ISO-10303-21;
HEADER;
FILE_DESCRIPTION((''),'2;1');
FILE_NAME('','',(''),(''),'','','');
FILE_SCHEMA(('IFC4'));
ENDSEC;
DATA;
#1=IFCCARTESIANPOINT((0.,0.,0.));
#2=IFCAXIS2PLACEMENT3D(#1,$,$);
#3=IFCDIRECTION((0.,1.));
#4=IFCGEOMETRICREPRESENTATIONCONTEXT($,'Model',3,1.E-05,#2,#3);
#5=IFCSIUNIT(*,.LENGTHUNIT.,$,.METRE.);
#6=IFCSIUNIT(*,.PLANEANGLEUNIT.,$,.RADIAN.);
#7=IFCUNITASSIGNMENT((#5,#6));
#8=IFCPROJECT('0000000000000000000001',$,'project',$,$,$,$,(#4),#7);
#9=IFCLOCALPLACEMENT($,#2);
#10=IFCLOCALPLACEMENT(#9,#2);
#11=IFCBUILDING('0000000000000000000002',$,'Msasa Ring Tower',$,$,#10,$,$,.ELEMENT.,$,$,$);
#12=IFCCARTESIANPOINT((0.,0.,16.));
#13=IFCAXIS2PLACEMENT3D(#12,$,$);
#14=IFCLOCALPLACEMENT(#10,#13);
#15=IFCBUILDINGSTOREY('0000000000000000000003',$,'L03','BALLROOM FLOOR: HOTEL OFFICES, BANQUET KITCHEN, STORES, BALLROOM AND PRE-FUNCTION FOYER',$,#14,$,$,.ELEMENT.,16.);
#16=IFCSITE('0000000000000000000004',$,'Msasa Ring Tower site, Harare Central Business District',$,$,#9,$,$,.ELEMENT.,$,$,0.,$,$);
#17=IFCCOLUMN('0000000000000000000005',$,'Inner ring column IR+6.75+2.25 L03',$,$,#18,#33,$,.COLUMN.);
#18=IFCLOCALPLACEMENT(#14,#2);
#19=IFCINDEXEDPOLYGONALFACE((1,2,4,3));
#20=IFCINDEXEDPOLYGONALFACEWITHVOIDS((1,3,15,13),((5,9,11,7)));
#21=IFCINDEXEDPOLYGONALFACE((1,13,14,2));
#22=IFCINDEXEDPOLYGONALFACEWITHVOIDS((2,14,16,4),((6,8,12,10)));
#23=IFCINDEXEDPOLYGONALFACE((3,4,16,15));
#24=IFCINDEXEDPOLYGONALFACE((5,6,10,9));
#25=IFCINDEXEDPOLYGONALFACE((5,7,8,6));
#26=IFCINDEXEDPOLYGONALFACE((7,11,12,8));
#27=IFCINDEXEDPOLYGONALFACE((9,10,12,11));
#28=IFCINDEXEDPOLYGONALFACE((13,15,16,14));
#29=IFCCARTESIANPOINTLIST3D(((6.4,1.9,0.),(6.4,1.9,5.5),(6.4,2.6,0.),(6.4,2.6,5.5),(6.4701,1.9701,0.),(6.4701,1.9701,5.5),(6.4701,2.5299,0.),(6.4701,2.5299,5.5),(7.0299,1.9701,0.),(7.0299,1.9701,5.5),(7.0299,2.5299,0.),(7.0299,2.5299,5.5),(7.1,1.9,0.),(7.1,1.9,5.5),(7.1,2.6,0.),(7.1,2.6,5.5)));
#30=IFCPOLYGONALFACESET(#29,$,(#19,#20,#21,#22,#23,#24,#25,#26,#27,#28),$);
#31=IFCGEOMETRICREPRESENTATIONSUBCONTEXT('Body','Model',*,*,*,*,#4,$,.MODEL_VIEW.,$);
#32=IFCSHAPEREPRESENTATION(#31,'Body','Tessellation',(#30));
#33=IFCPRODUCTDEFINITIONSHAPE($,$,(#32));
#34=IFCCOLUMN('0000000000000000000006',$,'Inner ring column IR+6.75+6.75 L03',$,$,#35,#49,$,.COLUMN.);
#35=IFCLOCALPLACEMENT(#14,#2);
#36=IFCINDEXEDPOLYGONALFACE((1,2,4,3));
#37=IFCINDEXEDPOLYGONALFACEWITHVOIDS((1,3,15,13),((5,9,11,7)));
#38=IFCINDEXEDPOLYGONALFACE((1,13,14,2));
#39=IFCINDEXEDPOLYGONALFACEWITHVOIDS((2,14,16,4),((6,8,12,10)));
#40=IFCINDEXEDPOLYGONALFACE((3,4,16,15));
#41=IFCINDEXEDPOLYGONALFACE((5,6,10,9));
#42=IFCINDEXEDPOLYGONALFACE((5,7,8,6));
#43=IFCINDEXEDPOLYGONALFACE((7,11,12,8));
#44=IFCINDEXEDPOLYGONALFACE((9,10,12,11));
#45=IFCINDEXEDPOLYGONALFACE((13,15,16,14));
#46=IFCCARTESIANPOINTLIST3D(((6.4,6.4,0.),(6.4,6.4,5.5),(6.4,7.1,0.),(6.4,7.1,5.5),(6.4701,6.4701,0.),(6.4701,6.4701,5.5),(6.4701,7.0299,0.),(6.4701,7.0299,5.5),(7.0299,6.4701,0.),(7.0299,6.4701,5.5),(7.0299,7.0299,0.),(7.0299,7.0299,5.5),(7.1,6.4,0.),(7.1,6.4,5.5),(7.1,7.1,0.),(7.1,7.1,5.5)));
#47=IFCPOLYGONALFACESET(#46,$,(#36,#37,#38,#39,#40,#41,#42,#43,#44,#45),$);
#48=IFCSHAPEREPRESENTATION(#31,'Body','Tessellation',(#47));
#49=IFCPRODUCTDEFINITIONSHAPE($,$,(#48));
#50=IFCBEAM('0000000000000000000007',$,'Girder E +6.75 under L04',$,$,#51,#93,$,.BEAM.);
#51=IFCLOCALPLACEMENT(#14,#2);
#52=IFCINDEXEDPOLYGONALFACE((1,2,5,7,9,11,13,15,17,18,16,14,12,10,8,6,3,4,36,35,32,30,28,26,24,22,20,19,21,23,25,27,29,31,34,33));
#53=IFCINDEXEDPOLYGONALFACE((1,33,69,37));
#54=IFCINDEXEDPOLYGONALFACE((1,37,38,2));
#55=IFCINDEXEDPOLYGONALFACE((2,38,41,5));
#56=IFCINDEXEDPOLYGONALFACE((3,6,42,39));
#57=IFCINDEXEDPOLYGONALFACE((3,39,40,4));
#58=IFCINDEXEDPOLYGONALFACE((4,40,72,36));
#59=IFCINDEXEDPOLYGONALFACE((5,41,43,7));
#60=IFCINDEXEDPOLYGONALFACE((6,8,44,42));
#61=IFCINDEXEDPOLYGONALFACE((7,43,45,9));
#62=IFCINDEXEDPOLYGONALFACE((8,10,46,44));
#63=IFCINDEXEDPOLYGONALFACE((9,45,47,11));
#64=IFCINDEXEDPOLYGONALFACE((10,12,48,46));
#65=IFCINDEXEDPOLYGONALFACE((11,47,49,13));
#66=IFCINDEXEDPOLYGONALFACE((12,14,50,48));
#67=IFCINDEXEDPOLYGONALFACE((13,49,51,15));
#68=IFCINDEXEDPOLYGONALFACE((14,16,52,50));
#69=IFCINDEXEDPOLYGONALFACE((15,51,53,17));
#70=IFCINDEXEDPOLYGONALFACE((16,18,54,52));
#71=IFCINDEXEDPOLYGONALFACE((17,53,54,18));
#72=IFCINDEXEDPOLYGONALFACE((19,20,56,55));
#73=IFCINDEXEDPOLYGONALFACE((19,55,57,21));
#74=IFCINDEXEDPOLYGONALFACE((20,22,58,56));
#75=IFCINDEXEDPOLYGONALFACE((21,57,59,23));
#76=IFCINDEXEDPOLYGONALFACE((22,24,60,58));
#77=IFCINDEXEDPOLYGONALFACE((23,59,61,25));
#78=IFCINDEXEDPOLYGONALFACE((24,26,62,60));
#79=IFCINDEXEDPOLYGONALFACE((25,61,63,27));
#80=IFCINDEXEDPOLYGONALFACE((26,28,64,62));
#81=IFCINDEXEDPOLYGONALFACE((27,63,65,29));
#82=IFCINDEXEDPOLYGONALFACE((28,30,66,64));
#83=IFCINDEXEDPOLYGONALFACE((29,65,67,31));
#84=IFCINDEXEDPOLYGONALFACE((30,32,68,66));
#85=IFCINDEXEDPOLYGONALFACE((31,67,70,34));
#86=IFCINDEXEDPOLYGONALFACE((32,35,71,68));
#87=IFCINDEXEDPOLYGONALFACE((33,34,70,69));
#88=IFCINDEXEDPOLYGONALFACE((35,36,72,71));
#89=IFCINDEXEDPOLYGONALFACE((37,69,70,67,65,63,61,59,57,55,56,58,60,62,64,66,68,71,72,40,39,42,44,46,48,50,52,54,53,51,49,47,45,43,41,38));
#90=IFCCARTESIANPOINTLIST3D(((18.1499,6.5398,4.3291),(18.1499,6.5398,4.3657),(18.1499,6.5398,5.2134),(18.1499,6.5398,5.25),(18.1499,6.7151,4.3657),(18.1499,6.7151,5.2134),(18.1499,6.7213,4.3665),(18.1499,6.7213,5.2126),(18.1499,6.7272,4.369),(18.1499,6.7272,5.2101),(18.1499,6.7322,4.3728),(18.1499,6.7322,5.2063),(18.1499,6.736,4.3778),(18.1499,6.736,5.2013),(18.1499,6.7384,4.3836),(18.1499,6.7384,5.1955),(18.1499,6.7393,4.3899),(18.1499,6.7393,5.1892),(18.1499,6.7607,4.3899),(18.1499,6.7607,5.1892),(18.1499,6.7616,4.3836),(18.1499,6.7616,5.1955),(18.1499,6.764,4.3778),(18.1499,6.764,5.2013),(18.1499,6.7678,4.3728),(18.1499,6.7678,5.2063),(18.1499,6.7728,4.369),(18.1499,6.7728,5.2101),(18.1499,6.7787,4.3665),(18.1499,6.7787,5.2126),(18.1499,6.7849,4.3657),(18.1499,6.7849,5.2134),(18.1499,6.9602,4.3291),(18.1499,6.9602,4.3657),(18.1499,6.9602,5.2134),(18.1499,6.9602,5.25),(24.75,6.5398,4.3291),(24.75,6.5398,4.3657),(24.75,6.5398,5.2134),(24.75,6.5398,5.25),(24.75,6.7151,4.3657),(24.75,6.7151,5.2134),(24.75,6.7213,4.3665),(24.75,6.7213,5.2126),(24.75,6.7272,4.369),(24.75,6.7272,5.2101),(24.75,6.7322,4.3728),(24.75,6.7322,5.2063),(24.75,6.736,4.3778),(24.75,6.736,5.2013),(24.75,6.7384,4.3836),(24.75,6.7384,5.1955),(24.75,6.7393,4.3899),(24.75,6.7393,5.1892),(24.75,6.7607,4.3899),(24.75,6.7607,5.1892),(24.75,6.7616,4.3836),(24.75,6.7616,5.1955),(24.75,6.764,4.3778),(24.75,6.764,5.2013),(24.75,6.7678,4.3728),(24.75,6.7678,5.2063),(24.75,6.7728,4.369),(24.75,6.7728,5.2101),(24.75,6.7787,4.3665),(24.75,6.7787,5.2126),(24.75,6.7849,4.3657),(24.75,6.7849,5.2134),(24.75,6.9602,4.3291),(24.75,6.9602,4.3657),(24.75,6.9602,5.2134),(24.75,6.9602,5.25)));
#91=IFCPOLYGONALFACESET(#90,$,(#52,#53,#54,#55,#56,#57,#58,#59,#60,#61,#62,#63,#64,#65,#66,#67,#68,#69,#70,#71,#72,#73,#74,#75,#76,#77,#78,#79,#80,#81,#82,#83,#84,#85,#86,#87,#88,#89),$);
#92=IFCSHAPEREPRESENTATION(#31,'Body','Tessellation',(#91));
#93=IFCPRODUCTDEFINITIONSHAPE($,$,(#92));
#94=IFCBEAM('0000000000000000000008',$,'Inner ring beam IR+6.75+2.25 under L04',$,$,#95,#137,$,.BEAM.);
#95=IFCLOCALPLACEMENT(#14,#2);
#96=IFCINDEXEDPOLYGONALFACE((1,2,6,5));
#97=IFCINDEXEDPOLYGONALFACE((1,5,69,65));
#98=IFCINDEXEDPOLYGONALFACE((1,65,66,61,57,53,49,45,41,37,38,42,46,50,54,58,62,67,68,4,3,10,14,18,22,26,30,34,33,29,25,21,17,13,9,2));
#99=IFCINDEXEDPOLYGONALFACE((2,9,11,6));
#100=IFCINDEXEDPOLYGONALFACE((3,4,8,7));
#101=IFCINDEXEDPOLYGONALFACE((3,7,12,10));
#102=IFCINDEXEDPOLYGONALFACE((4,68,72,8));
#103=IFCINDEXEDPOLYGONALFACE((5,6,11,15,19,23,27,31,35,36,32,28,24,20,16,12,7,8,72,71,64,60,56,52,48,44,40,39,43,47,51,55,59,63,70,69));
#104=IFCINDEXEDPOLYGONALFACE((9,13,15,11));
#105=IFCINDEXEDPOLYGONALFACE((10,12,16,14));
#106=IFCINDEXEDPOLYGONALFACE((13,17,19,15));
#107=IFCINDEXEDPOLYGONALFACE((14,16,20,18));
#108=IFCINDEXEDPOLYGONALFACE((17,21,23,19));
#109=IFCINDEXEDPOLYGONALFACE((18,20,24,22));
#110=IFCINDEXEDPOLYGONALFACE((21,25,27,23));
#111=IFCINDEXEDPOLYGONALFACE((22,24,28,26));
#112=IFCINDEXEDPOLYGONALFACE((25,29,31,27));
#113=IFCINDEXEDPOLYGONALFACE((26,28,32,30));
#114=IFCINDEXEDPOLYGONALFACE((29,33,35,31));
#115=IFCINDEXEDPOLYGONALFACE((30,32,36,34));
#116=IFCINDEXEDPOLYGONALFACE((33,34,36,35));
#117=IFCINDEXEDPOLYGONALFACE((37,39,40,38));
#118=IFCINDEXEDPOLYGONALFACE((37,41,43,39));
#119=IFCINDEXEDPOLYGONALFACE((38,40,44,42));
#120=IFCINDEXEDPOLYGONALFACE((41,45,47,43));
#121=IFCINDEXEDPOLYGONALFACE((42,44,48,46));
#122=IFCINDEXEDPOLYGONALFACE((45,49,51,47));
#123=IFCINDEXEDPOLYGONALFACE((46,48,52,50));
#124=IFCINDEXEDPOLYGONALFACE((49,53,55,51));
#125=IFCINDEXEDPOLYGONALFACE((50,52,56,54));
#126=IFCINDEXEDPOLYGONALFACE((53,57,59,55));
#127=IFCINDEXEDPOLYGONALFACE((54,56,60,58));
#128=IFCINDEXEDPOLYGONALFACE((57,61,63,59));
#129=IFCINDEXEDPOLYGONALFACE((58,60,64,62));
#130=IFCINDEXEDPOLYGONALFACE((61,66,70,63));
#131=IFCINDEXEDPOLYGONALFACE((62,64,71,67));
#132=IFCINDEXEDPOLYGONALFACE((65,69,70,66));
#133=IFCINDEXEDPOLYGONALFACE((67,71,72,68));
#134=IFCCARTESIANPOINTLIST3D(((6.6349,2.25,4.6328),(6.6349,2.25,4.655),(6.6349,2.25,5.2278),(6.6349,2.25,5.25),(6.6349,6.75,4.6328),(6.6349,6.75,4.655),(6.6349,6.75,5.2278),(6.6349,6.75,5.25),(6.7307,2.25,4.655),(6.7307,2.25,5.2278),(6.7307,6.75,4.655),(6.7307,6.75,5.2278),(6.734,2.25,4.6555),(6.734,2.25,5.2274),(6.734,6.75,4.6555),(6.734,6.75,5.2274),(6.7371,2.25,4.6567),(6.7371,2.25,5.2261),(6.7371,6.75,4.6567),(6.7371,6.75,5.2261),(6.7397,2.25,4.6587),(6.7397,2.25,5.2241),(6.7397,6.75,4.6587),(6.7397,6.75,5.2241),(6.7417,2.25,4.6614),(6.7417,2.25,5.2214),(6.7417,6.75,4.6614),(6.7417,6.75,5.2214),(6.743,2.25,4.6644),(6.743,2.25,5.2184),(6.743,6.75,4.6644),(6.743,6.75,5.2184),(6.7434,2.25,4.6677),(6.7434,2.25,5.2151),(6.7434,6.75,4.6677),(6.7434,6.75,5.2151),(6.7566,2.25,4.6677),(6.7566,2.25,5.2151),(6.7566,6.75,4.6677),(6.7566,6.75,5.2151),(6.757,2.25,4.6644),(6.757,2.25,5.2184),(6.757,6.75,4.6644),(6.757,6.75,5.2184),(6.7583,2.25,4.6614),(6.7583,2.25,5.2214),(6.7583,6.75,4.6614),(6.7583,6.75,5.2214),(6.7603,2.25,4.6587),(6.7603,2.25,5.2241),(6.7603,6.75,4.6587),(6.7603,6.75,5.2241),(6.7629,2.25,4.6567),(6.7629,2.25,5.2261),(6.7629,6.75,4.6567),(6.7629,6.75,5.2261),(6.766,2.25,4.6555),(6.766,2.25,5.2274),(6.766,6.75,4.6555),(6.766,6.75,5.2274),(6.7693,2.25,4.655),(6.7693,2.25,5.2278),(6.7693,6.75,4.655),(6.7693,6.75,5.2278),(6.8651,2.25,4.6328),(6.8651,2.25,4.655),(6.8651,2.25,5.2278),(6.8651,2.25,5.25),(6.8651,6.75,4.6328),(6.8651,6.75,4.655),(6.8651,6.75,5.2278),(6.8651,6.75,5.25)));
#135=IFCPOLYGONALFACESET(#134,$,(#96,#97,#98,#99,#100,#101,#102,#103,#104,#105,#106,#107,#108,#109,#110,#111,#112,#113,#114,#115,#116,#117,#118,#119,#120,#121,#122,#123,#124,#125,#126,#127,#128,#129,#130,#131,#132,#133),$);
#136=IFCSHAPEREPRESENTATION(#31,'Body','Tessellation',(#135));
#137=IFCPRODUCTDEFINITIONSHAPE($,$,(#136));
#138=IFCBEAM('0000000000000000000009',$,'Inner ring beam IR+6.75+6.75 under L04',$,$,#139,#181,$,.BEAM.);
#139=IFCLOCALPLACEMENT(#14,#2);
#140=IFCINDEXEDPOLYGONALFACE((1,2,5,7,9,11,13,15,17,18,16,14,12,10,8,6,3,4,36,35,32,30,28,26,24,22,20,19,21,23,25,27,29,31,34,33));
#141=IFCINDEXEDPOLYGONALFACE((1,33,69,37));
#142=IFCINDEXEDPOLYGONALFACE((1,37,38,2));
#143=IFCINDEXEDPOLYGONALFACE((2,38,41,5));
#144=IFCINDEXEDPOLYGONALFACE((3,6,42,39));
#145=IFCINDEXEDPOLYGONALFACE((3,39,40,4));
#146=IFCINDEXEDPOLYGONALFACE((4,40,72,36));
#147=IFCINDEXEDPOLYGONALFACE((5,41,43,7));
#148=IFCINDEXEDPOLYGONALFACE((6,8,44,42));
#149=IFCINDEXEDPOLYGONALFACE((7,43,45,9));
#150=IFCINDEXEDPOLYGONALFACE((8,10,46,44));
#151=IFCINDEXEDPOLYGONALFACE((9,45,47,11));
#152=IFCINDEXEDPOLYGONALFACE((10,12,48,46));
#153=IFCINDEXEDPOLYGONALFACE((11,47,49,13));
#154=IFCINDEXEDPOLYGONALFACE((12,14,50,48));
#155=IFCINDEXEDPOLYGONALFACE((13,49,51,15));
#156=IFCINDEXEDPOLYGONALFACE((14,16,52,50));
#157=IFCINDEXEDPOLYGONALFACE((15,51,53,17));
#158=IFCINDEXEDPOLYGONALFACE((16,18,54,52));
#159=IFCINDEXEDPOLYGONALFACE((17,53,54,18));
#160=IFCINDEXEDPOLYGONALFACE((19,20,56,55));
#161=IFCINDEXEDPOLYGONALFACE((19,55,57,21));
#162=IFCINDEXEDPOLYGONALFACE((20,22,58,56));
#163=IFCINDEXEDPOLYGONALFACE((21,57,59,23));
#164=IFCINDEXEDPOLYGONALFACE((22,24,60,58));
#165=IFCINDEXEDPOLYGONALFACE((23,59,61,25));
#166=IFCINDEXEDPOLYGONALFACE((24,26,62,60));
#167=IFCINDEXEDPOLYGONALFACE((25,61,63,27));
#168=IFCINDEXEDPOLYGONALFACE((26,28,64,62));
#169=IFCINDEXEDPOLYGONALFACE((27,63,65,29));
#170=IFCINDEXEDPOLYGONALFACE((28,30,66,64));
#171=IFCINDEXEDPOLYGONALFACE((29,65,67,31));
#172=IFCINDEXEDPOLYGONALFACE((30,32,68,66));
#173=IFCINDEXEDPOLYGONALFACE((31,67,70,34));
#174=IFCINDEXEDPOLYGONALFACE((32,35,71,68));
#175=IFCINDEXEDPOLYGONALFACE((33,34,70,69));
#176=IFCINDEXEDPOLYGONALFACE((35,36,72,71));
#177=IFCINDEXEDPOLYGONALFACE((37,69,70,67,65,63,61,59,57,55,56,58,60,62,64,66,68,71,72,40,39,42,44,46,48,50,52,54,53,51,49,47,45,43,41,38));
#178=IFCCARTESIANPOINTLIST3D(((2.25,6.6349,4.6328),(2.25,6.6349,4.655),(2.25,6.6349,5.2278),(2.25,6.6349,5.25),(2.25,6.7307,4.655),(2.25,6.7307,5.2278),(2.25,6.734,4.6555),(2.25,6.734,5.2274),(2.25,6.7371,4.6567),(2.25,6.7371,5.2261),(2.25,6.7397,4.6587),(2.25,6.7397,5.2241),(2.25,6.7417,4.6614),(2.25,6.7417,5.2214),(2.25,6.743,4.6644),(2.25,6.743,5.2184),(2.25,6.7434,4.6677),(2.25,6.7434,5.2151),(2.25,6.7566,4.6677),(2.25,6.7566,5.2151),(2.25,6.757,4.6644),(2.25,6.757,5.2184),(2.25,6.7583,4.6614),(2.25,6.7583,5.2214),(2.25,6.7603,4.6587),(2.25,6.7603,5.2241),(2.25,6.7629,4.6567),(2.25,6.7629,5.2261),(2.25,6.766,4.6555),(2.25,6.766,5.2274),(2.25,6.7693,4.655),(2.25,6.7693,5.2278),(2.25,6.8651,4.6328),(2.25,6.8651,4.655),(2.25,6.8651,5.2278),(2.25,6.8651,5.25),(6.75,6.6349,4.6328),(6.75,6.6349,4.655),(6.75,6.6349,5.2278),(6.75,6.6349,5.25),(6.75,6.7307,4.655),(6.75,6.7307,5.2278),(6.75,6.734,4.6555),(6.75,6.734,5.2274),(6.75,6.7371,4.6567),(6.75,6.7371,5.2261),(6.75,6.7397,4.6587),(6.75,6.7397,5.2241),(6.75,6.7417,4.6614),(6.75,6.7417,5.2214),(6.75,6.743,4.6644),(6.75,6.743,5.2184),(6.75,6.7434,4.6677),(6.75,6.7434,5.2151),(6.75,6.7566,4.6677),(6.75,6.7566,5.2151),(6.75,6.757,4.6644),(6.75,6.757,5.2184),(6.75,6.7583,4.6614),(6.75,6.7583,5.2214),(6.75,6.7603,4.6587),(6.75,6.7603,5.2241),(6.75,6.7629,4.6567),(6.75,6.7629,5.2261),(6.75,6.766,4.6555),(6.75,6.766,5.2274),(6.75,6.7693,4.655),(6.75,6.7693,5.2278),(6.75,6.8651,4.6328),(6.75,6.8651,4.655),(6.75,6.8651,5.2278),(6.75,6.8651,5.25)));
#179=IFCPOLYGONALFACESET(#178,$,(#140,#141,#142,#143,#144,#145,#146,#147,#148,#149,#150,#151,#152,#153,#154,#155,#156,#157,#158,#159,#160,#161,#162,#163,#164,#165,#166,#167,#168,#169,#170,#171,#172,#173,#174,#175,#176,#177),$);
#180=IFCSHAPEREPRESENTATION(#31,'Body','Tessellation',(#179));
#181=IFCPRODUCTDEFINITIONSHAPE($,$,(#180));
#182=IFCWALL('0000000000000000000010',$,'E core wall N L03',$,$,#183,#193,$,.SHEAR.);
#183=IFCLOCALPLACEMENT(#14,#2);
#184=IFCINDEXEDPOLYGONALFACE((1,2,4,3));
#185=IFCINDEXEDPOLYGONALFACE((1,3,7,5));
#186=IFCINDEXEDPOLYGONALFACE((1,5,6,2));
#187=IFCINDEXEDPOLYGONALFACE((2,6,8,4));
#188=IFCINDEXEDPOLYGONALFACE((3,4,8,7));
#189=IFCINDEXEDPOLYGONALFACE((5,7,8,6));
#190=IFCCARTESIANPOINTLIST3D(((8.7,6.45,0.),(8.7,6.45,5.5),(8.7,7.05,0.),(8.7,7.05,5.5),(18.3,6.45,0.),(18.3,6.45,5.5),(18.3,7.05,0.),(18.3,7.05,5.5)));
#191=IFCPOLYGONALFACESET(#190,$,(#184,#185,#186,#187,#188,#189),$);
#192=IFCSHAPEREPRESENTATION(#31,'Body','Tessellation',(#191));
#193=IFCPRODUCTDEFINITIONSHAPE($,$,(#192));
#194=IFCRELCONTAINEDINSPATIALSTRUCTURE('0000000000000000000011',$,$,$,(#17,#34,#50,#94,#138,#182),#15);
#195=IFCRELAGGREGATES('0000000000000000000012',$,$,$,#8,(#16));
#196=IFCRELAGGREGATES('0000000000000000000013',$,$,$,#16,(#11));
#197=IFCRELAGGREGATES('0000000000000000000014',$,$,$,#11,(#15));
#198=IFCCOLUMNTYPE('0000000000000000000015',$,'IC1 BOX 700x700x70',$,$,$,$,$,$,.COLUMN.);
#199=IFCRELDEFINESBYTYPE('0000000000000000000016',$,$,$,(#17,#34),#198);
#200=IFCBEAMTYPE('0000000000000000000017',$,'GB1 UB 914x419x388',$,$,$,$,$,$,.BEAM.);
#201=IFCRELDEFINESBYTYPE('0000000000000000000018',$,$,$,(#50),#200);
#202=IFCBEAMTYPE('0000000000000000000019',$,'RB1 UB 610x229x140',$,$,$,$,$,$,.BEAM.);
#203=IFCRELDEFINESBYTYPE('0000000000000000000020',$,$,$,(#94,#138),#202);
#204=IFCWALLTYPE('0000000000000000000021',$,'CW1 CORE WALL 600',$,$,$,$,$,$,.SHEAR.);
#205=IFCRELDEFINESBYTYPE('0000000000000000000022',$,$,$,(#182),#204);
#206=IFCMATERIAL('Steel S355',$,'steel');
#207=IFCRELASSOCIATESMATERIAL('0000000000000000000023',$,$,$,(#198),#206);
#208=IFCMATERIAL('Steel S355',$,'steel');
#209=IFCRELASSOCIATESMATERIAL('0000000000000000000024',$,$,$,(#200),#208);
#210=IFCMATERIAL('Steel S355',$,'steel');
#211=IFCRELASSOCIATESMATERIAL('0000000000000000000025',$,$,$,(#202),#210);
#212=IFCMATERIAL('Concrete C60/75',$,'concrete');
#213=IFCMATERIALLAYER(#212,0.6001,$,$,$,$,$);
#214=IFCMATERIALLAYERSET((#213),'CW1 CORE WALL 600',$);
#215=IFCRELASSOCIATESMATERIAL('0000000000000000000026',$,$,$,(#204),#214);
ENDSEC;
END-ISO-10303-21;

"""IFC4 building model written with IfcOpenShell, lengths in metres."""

from ifc_helpers import new_model, si_unit, direction, frame, frame_2d, origin, origin_2d, place, context, subcontext, project, spatial, rectangle, hollow_rectangle, i_section, extrude, material, layer, layer_set, material_profile, profile_set, type_object, element, save


model = new_model("IFC4")

# Units and contexts
model_context = context("Model", 3, precision=1e-05, world=origin(), true_north=direction((0.0, 1.0)))
body_context = subcontext(model_context, "Body", "Model", "MODEL_VIEW")
ifc_project = project(units=[si_unit("LENGTHUNIT", "METRE"), si_unit("PLANEANGLEUNIT", "RADIAN")], contexts=[model_context])

# Site, building, storey
site_placement = place(None, origin())
site = spatial("IfcSite", under=ifc_project, at=site_placement, Name="Msasa Ring Tower site, Harare Central Business District", CompositionType="ELEMENT", RefElevation=0.0)
building_placement = place(site_placement, origin())
building = spatial("IfcBuilding", under=site, at=building_placement, Name="Msasa Ring Tower", CompositionType="ELEMENT")
storey_placement = place(building_placement, frame((0.0, 0.0, 16.0)))
storey = spatial("IfcBuildingStorey", under=building, at=storey_placement, Name="L03", Description="BALLROOM FLOOR: HOTEL OFFICES, BANQUET KITCHEN, STORES, BALLROOM AND PRE-FUNCTION FOYER", CompositionType="ELEMENT", Elevation=16.0)

# Columns
ifc_material_1 = material(Name="Steel S355", Category="steel")
ifc_material_profile_1 = material_profile(ifc_material_1, hollow_rectangle(XDim=0.7, YDim=0.7, WallThickness=0.0701, at=origin_2d()), Name="BOX 700x700x70")
ifc_profile_set_1 = profile_set([ifc_material_profile_1], Name="Steel S355")
column_type = type_object("IfcColumnType", Name="IC1 BOX 700x700x70", PredefinedType="COLUMN", material=ifc_profile_set_1)
for number, where, z_axis, x_axis, name in (
    (1, (6.75, 2.25, 0.0), (0.0, 0.0, 1.0), (1.0, 0.0, 0.0), "Inner ring column IR+6.75+2.25 L03"),
    (2, (6.75, 6.75, 0.0), (0.0, 0.0, 1.0), (1.0, 0.0, 0.0), "Inner ring column IR+6.75+6.75 L03"),
):
    element("IfcColumn", number, at=place(storey_placement, frame(where, z_axis=z_axis, x_axis=x_axis)), inside=storey, type_object=column_type, Name=name, PredefinedType="COLUMN", context=body_context, shape_type="SweptSolid", body=[
        extrude(hollow_rectangle(XDim=0.7, YDim=0.7, WallThickness=0.0701, at=origin_2d()), origin(), (0.0, 0.0, 1.0), 5.5),
    ])

# Beams
ifc_material_2 = material(Name="Steel S355", Category="steel")
ifc_material_profile_2 = material_profile(ifc_material_2, i_section(OverallWidth=0.4204, OverallDepth=0.9209, WebThickness=0.0215, FlangeThickness=0.0366, FilletRadius=0.0242, at=origin_2d()), Name="UB 914x419x388")
ifc_profile_set_2 = profile_set([ifc_material_profile_2], Name="Steel S355")
beam_type_1 = type_object("IfcBeamType", Name="GB1 UB 914x419x388", PredefinedType="BEAM", material=ifc_profile_set_2)
beam_placement = place(storey_placement, frame((18.1499, 6.75, 4.7896), z_axis=(1.0, 0.0, 0.0), x_axis=(0.0, 1.0, 0.0)))
element("IfcBeam", 3, at=beam_placement, inside=storey, type_object=beam_type_1, Name="Girder E +6.75 under L04", PredefinedType="BEAM", context=body_context, shape_type="SweptSolid", body=[
    extrude(i_section(OverallWidth=0.4204, OverallDepth=0.9209, WebThickness=0.0215, FlangeThickness=0.0366, FilletRadius=0.0242, at=origin_2d()), origin(), (0.0, 0.0, 1.0), 6.6001),
])
ifc_material_3 = material(Name="Steel S355", Category="steel")
ifc_material_profile_3 = material_profile(ifc_material_3, i_section(OverallWidth=0.2302, OverallDepth=0.6172, WebThickness=0.0132, FlangeThickness=0.0222, FilletRadius=0.0127, at=origin_2d()), Name="UB 610x229x140")
ifc_profile_set_3 = profile_set([ifc_material_profile_3], Name="Steel S355")
beam_type_2 = type_object("IfcBeamType", Name="RB1 UB 610x229x140", PredefinedType="BEAM", material=ifc_profile_set_3)
for number, where, z_axis, x_axis, name in (
    (4, (6.75, 2.25, 4.9414), (0.0, 1.0, 0.0), (-1.0, 0.0, 0.0), "Inner ring beam IR+6.75+2.25 under L04"),
    (5, (6.75, 6.75, 4.9414), (-1.0, 0.0, 0.0), (0.0, -1.0, 0.0), "Inner ring beam IR+6.75+6.75 under L04"),
):
    element("IfcBeam", number, at=place(storey_placement, frame(where, z_axis=z_axis, x_axis=x_axis)), inside=storey, type_object=beam_type_2, Name=name, PredefinedType="BEAM", context=body_context, shape_type="SweptSolid", body=[
        extrude(i_section(OverallWidth=0.2302, OverallDepth=0.6172, WebThickness=0.0132, FlangeThickness=0.0222, FilletRadius=0.0127, at=origin_2d()), origin(), (0.0, 0.0, 1.0), 4.5),
    ])

# Wall
ifc_material_4 = material(Name="Concrete C60/75", Category="concrete")
ifc_layer_1 = layer(ifc_material_4, 0.6001)
ifc_layer_set_1 = layer_set([ifc_layer_1], Name="CW1 CORE WALL 600")
wall_type_1 = type_object("IfcWallType", Name="CW1 CORE WALL 600", PredefinedType="SHEAR", material=ifc_layer_set_1)
wall_1_placement = place(storey_placement, frame((8.7, 6.75, 0.0), z_axis=(0.0, 0.0, 1.0), x_axis=(1.0, 0.0, 0.0)))
element("IfcWall", 6, at=wall_1_placement, inside=storey, type_object=wall_type_1, Name="E core wall N L03", PredefinedType="SHEAR", context=body_context, shape_type="SweptSolid", body=[
    extrude(rectangle(XDim=9.6001, YDim=0.6001, at=frame_2d((4.8, 0.0))), origin(), (0.0, 0.0, 1.0), 5.5),
])

save(model, "model.ifc")
